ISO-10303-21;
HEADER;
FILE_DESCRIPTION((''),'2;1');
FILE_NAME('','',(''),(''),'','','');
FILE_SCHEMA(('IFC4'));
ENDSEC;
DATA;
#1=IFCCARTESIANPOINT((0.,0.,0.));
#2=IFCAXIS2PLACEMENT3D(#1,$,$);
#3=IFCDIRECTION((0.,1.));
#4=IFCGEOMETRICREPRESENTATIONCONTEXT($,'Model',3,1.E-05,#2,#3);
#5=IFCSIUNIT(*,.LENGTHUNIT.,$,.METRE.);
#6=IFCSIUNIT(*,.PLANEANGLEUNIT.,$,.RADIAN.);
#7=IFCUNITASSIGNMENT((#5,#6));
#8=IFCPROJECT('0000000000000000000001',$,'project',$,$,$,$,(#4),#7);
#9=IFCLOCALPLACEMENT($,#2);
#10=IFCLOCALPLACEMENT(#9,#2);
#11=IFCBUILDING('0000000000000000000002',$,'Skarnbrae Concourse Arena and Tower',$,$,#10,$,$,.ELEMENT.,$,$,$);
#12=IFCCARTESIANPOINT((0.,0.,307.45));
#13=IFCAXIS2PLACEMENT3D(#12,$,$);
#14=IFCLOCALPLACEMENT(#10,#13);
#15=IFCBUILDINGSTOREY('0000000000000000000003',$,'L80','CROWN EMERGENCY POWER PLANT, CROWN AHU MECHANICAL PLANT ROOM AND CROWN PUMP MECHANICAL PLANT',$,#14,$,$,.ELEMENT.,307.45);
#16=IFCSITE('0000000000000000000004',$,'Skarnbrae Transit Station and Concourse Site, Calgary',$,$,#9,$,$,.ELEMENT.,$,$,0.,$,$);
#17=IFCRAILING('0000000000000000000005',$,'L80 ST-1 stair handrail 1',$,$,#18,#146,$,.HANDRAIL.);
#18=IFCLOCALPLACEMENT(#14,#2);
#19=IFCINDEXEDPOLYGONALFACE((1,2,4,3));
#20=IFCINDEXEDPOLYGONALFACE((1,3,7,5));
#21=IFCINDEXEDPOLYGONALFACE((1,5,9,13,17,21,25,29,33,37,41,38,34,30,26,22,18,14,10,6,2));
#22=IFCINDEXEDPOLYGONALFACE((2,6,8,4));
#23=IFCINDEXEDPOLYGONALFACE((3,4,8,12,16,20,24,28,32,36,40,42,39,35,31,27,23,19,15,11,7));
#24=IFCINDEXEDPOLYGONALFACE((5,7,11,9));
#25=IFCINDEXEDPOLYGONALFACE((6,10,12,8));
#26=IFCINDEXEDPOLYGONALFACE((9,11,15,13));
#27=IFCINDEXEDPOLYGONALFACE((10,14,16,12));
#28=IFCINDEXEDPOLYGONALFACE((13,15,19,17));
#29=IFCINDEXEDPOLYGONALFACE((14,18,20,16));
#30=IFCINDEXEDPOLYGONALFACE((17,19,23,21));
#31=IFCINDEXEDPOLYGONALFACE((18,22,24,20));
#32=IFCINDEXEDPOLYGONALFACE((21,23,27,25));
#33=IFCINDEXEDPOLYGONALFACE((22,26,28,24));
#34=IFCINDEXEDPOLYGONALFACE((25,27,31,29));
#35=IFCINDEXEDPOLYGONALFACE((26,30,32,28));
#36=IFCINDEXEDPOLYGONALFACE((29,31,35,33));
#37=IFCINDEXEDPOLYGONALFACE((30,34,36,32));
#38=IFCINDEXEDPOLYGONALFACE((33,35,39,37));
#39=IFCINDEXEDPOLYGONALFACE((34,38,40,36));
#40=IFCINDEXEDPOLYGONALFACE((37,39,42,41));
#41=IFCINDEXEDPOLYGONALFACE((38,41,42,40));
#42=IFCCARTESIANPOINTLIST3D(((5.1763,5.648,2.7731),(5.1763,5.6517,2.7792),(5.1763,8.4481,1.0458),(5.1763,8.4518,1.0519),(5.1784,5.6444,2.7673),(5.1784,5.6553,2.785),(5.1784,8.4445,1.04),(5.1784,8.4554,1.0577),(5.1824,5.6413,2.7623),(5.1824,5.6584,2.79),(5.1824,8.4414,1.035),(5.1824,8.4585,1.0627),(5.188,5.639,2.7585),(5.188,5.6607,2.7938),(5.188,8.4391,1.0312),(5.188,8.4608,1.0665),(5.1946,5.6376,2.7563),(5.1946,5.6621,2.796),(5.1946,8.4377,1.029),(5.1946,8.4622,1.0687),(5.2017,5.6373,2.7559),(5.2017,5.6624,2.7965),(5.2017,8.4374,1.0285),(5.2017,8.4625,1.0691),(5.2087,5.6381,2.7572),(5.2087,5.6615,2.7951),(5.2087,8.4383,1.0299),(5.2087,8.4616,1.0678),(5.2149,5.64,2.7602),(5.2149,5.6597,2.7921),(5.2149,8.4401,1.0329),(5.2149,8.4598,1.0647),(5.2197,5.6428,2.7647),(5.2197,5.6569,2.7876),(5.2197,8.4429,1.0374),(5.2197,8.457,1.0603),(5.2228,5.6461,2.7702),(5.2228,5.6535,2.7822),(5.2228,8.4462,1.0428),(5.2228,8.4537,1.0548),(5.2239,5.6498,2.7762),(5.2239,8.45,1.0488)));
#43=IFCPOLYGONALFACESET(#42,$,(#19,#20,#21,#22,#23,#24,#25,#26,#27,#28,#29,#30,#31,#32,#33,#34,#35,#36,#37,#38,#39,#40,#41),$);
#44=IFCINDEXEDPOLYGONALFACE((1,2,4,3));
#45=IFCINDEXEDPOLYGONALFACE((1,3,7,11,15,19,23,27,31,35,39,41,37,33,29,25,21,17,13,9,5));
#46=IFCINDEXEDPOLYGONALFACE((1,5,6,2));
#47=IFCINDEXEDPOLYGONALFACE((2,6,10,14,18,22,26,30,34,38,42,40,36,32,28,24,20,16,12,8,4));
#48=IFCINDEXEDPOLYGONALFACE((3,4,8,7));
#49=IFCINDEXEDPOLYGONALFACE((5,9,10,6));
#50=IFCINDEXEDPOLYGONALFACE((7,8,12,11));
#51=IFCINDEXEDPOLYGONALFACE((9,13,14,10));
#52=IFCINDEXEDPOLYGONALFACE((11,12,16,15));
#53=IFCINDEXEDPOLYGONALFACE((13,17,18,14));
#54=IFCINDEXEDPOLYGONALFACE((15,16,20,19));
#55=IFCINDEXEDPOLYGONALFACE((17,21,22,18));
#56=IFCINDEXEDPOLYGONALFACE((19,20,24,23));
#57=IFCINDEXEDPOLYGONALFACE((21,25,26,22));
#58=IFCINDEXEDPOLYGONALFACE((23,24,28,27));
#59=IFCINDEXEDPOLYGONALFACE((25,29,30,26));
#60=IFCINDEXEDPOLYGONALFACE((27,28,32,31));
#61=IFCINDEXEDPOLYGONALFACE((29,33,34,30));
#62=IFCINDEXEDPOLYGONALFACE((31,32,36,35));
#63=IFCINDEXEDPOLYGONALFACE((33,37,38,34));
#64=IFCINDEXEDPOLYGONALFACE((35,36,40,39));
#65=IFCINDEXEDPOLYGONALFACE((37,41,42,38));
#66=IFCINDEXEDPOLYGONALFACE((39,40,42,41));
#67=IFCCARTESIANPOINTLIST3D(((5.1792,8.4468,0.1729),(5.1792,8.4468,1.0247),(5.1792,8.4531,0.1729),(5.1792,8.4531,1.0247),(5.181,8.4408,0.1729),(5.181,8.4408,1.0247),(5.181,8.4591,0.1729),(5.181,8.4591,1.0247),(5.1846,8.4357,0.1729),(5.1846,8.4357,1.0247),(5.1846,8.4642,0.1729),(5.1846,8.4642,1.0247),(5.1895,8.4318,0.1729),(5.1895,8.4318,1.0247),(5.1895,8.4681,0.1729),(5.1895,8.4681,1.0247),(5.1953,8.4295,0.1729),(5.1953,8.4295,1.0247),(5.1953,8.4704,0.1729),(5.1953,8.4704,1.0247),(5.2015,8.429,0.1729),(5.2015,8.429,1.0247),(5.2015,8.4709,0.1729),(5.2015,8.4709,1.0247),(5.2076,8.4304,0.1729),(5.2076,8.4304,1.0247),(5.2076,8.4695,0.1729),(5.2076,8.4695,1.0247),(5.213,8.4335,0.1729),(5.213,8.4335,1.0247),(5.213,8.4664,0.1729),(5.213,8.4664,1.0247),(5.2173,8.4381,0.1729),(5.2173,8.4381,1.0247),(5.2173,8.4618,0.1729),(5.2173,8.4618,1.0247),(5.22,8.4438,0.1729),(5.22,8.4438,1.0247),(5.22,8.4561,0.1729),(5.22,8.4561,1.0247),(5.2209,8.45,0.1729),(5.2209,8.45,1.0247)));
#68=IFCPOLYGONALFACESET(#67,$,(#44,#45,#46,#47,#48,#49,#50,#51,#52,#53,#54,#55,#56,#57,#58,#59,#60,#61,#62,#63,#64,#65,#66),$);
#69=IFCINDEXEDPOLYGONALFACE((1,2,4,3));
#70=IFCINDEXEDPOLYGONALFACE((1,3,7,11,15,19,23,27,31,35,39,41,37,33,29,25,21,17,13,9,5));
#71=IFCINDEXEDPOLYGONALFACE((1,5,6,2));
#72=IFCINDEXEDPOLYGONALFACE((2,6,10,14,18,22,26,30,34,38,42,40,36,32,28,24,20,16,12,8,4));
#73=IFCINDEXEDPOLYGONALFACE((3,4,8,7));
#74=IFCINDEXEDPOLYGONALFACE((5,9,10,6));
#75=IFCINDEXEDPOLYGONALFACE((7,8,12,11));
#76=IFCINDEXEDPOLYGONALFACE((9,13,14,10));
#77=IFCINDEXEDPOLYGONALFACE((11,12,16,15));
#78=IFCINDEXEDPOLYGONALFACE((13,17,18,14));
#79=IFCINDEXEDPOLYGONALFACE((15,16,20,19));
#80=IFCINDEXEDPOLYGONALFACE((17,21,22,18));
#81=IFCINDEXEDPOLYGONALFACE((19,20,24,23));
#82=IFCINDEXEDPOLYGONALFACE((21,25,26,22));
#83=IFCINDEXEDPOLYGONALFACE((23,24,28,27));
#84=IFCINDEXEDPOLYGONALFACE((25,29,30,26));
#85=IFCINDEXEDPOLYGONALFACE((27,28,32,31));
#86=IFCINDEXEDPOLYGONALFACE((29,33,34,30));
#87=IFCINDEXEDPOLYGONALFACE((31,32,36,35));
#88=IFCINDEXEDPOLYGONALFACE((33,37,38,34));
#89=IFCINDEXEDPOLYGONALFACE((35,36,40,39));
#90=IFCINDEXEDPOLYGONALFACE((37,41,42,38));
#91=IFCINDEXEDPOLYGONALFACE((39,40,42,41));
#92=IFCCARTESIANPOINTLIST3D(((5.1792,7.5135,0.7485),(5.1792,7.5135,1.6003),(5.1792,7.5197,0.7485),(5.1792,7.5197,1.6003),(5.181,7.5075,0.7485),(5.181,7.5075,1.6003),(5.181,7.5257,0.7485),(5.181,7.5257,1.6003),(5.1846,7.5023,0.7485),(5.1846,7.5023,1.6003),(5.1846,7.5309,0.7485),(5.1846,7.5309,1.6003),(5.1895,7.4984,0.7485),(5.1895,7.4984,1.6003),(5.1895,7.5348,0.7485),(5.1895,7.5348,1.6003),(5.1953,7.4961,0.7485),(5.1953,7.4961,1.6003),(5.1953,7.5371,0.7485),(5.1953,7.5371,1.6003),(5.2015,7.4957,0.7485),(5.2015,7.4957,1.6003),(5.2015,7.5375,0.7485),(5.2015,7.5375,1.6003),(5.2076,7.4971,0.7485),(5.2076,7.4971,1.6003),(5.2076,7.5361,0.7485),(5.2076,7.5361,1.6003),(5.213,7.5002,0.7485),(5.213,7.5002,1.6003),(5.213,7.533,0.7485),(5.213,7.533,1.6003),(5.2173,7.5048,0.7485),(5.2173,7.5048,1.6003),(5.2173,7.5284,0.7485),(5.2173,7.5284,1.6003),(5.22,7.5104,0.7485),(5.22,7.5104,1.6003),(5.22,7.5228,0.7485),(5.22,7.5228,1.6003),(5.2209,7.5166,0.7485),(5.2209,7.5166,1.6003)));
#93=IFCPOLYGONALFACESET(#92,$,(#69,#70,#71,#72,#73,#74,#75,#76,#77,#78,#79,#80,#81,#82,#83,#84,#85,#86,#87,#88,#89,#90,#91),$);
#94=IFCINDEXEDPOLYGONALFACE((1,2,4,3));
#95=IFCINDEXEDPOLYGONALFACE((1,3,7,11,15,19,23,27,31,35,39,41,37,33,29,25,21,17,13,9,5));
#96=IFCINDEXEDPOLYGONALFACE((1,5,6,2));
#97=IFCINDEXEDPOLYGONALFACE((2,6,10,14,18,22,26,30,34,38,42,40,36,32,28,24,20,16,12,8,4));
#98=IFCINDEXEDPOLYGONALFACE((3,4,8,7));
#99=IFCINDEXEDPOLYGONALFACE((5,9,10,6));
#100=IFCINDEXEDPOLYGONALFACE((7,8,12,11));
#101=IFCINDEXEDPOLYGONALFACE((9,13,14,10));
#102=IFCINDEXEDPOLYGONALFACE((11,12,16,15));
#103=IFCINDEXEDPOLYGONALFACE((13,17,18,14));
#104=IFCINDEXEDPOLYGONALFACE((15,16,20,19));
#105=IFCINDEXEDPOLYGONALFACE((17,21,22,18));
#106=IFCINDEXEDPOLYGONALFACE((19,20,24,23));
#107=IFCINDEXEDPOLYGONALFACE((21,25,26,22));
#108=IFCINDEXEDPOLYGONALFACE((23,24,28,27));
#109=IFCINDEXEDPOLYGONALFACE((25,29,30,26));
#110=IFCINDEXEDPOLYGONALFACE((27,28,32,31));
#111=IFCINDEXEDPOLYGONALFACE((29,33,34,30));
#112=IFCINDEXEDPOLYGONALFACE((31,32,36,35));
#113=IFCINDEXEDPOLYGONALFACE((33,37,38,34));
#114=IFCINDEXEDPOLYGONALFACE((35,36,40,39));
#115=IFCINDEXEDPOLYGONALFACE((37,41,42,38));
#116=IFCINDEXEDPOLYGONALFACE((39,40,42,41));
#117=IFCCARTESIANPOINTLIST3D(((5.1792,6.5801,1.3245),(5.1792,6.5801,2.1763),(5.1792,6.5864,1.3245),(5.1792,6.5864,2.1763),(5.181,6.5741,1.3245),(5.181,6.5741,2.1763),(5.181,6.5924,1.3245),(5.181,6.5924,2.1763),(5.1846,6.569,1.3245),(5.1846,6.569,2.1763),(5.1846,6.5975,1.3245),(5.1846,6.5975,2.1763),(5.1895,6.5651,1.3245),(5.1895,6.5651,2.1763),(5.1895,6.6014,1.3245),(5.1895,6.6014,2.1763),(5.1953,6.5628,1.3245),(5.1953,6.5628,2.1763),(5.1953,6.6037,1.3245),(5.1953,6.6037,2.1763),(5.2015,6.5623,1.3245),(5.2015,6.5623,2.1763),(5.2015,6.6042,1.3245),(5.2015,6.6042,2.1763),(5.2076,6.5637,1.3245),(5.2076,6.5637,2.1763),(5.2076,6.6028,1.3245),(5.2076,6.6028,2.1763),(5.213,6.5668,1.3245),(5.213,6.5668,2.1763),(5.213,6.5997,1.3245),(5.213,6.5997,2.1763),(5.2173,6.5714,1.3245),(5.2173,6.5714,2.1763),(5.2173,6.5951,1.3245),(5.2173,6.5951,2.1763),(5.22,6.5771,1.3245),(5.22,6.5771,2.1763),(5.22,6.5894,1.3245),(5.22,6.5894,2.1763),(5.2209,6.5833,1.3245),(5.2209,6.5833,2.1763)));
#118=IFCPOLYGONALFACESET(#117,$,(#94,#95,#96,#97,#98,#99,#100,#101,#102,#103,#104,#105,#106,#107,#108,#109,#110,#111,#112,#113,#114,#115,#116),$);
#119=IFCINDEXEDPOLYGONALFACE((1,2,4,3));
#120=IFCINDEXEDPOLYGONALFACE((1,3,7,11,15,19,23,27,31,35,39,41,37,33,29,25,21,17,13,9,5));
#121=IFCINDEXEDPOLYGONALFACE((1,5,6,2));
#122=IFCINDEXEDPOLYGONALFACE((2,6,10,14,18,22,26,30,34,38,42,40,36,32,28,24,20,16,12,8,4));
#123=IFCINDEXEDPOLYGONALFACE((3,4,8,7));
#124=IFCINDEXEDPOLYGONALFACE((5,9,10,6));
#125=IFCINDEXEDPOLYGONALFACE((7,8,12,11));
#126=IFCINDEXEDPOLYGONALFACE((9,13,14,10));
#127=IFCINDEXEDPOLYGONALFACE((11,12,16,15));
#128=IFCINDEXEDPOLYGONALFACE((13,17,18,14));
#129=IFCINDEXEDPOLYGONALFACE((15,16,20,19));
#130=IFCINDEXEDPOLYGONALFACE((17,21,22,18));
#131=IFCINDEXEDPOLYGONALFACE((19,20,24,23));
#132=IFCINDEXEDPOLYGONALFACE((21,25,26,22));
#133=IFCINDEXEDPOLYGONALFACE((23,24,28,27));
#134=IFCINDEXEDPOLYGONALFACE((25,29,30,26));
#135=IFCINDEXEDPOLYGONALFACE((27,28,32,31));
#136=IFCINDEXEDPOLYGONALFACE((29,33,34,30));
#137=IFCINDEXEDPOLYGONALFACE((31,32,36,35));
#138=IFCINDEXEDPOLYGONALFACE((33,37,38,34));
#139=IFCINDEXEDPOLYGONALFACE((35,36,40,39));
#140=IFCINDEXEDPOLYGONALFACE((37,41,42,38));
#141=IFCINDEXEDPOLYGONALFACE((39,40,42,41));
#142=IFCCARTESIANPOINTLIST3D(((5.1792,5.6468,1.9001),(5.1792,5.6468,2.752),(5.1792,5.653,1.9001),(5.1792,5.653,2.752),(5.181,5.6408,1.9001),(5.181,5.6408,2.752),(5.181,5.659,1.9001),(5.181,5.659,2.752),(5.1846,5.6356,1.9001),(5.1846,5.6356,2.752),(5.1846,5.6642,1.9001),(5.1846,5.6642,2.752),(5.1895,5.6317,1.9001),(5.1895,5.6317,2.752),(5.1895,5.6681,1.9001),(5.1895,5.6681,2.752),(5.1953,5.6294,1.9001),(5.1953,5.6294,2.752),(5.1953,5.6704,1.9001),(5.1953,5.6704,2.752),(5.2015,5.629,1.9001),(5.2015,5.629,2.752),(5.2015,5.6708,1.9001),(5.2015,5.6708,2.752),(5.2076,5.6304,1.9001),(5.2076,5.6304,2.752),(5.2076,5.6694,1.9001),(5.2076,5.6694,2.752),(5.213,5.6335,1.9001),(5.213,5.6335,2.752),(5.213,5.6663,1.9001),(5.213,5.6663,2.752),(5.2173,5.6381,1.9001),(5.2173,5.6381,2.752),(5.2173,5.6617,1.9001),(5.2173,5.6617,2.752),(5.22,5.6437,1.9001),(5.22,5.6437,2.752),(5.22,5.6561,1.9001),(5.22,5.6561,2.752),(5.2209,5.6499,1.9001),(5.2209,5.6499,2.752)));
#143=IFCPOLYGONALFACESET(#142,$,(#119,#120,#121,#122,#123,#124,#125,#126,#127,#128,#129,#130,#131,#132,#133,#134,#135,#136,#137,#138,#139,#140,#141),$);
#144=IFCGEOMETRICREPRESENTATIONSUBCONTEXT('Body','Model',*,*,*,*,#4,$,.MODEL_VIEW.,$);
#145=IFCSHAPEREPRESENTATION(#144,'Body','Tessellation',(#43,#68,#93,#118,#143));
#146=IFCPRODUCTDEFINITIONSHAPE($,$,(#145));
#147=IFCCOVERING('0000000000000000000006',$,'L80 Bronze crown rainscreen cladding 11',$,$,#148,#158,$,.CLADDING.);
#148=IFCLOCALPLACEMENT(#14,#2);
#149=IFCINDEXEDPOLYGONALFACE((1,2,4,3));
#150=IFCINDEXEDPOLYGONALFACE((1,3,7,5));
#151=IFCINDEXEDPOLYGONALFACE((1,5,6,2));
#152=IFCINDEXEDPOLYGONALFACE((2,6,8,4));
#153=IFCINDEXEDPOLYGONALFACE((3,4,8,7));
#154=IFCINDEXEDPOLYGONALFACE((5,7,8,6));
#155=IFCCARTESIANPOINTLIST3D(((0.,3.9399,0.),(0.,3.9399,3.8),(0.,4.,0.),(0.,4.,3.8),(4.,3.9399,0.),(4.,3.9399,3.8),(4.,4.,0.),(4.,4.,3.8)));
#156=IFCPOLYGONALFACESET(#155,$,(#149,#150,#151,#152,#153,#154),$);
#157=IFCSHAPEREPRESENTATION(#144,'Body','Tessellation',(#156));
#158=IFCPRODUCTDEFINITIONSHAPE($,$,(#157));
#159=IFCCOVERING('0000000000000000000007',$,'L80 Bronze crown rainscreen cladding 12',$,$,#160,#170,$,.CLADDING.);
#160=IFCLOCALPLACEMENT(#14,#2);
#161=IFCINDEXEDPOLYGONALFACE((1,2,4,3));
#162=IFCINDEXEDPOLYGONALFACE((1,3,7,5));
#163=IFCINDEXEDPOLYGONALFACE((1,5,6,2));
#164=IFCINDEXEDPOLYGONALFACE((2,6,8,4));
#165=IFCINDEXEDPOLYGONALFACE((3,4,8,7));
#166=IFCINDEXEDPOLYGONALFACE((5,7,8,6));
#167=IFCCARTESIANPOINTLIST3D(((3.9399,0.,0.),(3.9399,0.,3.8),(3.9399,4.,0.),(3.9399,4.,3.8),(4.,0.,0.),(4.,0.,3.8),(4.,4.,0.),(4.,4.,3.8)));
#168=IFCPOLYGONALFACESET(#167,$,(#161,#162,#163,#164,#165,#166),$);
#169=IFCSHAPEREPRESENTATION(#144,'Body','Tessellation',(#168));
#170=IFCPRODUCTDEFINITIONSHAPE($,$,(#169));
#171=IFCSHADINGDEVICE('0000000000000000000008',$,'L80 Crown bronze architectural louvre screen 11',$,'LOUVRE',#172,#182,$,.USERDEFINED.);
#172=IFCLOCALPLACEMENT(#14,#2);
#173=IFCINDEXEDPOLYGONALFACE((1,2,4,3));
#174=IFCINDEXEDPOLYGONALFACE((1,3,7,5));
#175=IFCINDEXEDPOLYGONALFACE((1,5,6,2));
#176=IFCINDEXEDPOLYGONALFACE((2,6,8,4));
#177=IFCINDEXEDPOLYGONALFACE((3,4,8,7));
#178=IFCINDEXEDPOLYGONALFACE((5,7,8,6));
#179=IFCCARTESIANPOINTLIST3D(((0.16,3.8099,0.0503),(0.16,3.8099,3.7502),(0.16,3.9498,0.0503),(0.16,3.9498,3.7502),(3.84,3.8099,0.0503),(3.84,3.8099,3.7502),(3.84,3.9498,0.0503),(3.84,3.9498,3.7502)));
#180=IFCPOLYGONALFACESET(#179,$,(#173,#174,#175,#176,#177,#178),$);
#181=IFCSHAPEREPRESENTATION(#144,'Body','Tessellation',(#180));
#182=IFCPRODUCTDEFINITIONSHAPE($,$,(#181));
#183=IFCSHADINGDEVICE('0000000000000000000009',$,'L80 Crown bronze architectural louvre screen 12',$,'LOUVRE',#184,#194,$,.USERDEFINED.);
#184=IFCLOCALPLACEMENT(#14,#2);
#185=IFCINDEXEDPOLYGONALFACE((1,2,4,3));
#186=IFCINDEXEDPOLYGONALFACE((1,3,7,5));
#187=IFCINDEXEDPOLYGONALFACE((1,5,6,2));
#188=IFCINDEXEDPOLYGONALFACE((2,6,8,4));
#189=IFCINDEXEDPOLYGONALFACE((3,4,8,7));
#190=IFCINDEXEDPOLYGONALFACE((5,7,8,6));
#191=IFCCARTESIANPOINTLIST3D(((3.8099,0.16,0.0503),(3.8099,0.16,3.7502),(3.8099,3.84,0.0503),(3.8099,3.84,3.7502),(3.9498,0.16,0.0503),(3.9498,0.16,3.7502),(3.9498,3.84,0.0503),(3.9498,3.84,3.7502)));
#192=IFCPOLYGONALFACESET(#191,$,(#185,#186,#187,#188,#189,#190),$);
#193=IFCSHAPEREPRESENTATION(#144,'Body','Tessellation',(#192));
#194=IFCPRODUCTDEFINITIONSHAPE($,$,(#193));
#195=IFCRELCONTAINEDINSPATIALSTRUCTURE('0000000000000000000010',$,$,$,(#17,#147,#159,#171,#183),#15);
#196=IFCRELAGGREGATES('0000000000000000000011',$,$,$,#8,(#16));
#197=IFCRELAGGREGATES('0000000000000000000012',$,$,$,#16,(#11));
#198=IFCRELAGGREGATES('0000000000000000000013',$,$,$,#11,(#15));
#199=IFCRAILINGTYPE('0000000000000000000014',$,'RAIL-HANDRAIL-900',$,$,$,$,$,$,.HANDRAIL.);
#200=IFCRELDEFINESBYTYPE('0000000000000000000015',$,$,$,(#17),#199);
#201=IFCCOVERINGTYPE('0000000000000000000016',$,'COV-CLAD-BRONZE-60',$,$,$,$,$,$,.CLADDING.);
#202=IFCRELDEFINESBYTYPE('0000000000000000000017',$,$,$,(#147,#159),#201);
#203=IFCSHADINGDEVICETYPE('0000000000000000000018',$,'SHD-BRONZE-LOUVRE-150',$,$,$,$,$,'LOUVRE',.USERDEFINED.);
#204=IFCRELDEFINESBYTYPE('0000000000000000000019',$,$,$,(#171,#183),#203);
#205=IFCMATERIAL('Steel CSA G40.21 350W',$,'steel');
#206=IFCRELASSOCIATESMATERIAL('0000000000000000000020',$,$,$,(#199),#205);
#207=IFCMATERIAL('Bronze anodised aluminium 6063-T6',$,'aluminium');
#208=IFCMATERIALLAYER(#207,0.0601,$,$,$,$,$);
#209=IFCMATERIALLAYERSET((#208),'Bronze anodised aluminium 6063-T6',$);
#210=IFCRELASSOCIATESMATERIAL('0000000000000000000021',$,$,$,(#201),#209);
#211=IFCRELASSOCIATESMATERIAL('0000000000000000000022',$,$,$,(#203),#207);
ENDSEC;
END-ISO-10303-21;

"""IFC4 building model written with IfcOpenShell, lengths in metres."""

from ifc_helpers import new_model, si_unit, direction, frame, origin, origin_2d, place, context, subcontext, project, spatial, rectangle, circle, extrude, source, transform, mapped, material, layer, layer_set, type_object, element, save


model = new_model("IFC4")

# Units and contexts
model_context = context("Model", 3, precision=1e-05, world=origin(), true_north=direction((0.0, 1.0)))
body_context = subcontext(model_context, "Body", "Model", "MODEL_VIEW")
ifc_project = project(units=[si_unit("LENGTHUNIT", "METRE"), si_unit("PLANEANGLEUNIT", "RADIAN")], contexts=[model_context])

# Site, building, storey
site_placement = place(None, origin())
site = spatial("IfcSite", under=ifc_project, at=site_placement, Name="Skarnbrae Transit Station and Concourse Site, Calgary", CompositionType="ELEMENT", RefElevation=0.0)
building_placement = place(site_placement, origin())
building = spatial("IfcBuilding", under=site, at=building_placement, Name="Skarnbrae Concourse Arena and Tower", CompositionType="ELEMENT")
storey_placement = place(building_placement, frame((0.0, 0.0, 307.45)))
storey = spatial("IfcBuildingStorey", under=building, at=storey_placement, Name="L80", Description="CROWN EMERGENCY POWER PLANT, CROWN AHU MECHANICAL PLANT ROOM AND CROWN PUMP MECHANICAL PLANT", CompositionType="ELEMENT", Elevation=307.45)

# Shared definitions
ifc_material_1 = material(Name="Steel CSA G40.21 350W", Category="steel")

# Railing
railing_type = type_object("IfcRailingType", Name="RAIL-HANDRAIL-900", PredefinedType="HANDRAIL", material=ifc_material_1)
railing_placement = place(storey_placement, frame((5.2, 8.45, 0.1729)))
element("IfcRailing", 1, at=railing_placement, inside=storey, type_object=railing_type, Name="L80 ST-1 stair handrail 1", PredefinedType="HANDRAIL", context=body_context, shape_type="SweptSolid", body=[
    extrude(circle(Radius=0.0239, at=origin_2d()), frame((0.0, 0.0, 0.876), z_axis=(0.0, -0.85109, 0.52502), x_axis=(1.0, 0.0, 0.0)), (0.0, 0.0, 1.0), 3.29),
    extrude(circle(Radius=0.021, at=origin_2d()), origin(), (0.0, 0.0, 1.0), 0.8518),
    extrude(circle(Radius=0.021, at=origin_2d()), frame((0.0, -0.9333, 0.5757)), (0.0, 0.0, 1.0), 0.8518),
    extrude(circle(Radius=0.021, at=origin_2d()), frame((0.0, -1.8667, 1.1516)), (0.0, 0.0, 1.0), 0.8518),
    extrude(circle(Radius=0.021, at=origin_2d()), frame((0.0, -2.8, 1.7273)), (0.0, 0.0, 1.0), 0.8518),
])

# Coverings
ifc_material_2 = material(Name="Bronze anodised aluminium 6063-T6", Category="aluminium")
ifc_layer_1 = layer(ifc_material_2, 0.0601)
ifc_layer_set_1 = layer_set([ifc_layer_1], Name="Bronze anodised aluminium 6063-T6")
covering_type = type_object("IfcCoveringType", Name="COV-CLAD-BRONZE-60", PredefinedType="CLADDING", material=ifc_layer_set_1)
shared_shape_1 = source(origin(), body_context, "Body", "SweptSolid", [
    extrude(rectangle(XDim=4.0, YDim=0.0601, at=origin_2d()), origin(), (0.0, 0.0, 1.0), 3.8),
])
for number, where, z_axis, x_axis, name in (
    (2, (2.0, 3.97, 0.0), (0.0, 0.0, 1.0), (1.0, 0.0, 0.0), "L80 Bronze crown rainscreen cladding 11"),
    (3, (3.97, 2.0, 0.0), (0.0, 0.0, 1.0), (0.0, -1.0, 0.0), "L80 Bronze crown rainscreen cladding 12"),
):
    element("IfcCovering", number, at=place(storey_placement, frame(where, z_axis=z_axis, x_axis=x_axis)), inside=storey, type_object=covering_type, Name=name, PredefinedType="CLADDING", context=body_context, shape_type="MappedRepresentation", body=[
        mapped(shared_shape_1, transform((0.0, 0.0, 0.0))),
    ])

# Shading devices
shading_device_type = type_object("IfcShadingDeviceType", Name="SHD-BRONZE-LOUVRE-150", ElementType="LOUVRE", PredefinedType="USERDEFINED", material=ifc_material_2)
shared_shape_2 = source(origin(), body_context, "Body", "SweptSolid", [
    extrude(rectangle(XDim=3.6799, YDim=0.1399, at=origin_2d()), origin(), (0.0, 0.0, 1.0), 3.7),
])
for number, where, z_axis, x_axis, name in (
    (4, (2.0, 3.8799, 0.0503), (0.0, 0.0, 1.0), (1.0, 0.0, 0.0), "L80 Crown bronze architectural louvre screen 11"),
    (5, (3.8799, 2.0, 0.0503), (0.0, 0.0, 1.0), (0.0, -1.0, 0.0), "L80 Crown bronze architectural louvre screen 12"),
):
    element("IfcShadingDevice", number, at=place(storey_placement, frame(where, z_axis=z_axis, x_axis=x_axis)), inside=storey, type_object=shading_device_type, Name=name, ObjectType="LOUVRE", PredefinedType="USERDEFINED", context=body_context, shape_type="MappedRepresentation", body=[
        mapped(shared_shape_2, transform((0.0, 0.0, 0.0))),
    ])

save(model, "model.ifc")
